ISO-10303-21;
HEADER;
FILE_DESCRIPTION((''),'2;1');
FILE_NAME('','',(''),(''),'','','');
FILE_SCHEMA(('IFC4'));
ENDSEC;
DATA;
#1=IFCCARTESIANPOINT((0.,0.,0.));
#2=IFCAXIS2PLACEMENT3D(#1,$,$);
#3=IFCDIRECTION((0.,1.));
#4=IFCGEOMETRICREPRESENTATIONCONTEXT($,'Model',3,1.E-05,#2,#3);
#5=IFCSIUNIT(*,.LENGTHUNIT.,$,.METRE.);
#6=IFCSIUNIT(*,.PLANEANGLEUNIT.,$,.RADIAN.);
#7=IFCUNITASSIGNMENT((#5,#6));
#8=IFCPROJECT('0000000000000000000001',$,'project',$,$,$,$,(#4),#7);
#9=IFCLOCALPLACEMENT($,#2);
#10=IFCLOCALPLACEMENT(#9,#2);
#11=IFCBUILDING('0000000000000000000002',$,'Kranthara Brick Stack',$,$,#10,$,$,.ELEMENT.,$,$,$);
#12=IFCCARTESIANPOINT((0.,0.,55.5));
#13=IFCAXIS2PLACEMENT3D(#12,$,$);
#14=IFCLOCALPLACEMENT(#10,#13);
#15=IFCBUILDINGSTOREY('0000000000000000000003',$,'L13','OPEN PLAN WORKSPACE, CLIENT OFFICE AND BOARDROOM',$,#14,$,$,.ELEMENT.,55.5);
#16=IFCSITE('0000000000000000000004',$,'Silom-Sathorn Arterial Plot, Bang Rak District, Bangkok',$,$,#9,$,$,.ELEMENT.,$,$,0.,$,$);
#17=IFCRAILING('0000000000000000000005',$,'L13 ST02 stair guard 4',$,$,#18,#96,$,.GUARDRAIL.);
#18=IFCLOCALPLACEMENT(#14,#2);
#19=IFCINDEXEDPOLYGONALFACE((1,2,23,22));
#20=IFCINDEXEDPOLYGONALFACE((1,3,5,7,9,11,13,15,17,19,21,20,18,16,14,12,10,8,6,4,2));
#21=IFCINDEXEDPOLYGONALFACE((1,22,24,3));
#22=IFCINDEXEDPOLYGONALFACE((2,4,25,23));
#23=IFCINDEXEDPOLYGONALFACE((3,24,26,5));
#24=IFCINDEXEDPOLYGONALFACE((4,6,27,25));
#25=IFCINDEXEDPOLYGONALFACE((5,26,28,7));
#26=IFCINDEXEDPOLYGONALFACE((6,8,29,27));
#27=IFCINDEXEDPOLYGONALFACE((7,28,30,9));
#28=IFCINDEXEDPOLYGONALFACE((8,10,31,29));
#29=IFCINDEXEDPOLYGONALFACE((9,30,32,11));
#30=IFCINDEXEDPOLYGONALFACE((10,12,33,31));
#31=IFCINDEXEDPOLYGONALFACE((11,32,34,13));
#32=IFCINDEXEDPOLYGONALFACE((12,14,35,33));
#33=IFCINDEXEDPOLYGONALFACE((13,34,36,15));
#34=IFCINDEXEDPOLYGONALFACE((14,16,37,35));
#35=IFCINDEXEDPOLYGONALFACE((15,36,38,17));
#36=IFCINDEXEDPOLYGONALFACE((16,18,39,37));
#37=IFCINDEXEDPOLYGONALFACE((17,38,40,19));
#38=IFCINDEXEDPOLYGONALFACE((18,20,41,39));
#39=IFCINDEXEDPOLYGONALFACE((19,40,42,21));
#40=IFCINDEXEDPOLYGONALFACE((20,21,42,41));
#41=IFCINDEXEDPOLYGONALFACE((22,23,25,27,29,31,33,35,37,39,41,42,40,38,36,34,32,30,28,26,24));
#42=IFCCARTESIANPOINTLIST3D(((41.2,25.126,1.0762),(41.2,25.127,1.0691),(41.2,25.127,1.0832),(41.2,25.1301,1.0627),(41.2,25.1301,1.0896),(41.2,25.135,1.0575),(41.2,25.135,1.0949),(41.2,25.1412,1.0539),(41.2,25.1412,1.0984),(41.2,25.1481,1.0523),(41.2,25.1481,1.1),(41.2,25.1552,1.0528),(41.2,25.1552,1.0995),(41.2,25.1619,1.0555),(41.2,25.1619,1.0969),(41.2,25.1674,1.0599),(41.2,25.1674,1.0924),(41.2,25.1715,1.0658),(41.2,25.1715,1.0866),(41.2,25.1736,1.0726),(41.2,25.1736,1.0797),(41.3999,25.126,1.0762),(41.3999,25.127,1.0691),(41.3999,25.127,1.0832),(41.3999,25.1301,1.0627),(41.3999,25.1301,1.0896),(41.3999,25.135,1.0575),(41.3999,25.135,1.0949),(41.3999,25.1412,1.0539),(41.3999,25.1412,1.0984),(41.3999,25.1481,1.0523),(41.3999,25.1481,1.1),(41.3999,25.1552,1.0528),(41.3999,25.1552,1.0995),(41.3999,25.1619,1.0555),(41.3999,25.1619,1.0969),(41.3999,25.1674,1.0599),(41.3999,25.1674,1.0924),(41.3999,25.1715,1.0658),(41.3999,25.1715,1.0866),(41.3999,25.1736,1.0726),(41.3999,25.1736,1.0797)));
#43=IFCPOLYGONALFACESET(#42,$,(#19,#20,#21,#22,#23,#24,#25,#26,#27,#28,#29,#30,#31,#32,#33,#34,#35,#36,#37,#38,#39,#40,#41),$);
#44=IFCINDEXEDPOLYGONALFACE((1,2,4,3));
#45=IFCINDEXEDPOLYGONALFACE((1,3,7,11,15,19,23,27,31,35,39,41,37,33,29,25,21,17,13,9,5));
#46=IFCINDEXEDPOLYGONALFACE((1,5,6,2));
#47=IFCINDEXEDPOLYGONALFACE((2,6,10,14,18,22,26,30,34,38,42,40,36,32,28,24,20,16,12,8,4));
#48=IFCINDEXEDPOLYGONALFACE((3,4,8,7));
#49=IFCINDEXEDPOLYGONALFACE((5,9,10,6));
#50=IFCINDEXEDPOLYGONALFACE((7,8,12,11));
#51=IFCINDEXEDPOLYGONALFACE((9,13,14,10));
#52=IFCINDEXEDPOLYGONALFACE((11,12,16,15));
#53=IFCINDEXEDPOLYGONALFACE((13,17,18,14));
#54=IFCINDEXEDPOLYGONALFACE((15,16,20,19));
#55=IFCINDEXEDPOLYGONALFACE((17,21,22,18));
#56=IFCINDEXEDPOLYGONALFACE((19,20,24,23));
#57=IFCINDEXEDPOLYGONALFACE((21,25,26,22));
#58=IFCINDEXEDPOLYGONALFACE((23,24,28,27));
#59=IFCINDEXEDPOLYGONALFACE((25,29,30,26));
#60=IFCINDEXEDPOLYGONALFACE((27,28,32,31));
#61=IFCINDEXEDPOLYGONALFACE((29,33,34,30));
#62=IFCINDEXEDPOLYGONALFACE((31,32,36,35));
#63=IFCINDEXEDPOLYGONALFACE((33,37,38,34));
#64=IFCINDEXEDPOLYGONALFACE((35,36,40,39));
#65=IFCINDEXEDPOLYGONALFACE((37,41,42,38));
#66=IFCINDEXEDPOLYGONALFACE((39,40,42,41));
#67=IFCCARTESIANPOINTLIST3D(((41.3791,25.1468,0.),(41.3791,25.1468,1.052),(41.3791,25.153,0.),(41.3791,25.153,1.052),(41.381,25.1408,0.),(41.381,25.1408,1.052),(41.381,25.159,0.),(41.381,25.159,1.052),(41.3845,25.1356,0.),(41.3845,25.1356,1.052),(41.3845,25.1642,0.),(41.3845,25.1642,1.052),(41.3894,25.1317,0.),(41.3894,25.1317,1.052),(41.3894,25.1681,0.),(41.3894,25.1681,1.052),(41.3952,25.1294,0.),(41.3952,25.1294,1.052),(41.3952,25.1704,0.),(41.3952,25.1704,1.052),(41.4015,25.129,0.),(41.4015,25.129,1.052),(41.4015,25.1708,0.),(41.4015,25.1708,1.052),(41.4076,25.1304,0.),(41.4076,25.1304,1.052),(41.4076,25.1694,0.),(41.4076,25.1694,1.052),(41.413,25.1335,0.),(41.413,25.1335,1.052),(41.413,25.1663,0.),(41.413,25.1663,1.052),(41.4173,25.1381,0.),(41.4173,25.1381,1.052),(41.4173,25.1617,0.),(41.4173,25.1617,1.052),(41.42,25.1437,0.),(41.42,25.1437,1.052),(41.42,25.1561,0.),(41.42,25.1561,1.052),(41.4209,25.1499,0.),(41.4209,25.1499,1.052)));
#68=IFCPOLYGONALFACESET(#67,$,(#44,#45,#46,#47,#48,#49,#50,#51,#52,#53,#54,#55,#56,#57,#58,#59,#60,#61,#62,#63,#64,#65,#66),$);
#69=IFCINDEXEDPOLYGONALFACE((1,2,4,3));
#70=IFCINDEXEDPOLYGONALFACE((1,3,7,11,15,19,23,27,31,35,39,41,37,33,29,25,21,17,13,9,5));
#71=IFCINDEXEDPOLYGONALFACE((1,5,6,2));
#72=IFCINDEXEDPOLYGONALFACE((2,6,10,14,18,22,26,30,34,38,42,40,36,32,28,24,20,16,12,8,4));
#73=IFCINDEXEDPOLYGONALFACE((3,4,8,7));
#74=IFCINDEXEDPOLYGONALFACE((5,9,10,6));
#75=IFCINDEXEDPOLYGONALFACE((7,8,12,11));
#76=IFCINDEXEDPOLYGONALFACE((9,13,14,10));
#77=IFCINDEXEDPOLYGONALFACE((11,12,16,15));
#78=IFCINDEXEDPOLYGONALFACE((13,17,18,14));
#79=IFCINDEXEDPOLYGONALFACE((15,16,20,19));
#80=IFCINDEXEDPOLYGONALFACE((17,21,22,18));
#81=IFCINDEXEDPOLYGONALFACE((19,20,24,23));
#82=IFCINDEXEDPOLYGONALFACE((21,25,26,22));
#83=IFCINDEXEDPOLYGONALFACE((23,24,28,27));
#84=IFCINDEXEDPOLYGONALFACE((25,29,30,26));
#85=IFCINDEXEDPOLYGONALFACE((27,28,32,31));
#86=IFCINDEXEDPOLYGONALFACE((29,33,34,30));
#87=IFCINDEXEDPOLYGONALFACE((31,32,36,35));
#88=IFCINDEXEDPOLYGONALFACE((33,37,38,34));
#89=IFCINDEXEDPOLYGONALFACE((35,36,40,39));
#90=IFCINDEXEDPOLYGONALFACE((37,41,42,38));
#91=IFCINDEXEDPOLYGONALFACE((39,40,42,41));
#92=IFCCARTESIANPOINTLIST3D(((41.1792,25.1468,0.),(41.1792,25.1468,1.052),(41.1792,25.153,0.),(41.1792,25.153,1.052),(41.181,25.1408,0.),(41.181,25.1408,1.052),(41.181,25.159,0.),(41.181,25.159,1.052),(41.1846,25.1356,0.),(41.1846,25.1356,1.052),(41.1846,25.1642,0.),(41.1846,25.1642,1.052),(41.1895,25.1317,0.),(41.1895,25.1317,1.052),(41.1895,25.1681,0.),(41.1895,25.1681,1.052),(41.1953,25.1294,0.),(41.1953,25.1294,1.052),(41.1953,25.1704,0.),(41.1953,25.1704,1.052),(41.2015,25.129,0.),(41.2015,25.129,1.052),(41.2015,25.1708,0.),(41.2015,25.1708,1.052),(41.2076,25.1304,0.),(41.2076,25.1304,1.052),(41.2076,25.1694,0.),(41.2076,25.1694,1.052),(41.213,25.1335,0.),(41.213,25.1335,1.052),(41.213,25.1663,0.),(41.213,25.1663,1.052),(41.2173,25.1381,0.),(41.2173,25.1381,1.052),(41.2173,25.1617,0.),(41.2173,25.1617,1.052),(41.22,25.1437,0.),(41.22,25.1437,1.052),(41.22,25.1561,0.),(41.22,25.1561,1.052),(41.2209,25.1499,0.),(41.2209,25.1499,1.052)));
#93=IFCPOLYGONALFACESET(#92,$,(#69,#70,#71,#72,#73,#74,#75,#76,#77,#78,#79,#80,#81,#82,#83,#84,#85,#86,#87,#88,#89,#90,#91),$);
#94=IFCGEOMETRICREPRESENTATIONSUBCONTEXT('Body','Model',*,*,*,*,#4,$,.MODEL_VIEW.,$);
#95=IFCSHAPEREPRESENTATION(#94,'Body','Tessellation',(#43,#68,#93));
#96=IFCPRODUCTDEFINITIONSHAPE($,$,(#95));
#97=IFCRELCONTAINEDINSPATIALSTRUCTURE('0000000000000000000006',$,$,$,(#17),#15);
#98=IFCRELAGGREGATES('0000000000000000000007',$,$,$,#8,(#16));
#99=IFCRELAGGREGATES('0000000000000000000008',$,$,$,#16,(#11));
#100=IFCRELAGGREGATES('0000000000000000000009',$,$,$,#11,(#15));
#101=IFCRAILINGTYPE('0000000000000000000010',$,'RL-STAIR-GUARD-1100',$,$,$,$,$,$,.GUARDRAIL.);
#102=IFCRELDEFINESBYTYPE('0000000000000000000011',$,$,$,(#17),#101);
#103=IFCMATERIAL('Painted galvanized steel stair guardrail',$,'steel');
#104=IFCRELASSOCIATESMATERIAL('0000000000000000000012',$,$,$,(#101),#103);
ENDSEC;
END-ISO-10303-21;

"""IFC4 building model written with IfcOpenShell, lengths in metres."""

from ifc_helpers import new_model, si_unit, direction, frame, origin, origin_2d, place, context, subcontext, project, spatial, circle, extrude, material, type_object, element, save


model = new_model("IFC4")

# Units and contexts
model_context = context("Model", 3, precision=1e-05, world=origin(), true_north=direction((0.0, 1.0)))
body_context = subcontext(model_context, "Body", "Model", "MODEL_VIEW")
ifc_project = project(units=[si_unit("LENGTHUNIT", "METRE"), si_unit("PLANEANGLEUNIT", "RADIAN")], contexts=[model_context])

# Site, building, storey
site_placement = place(None, origin())
site = spatial("IfcSite", under=ifc_project, at=site_placement, Name="Silom-Sathorn Arterial Plot, Bang Rak District, Bangkok", CompositionType="ELEMENT", RefElevation=0.0)
building_placement = place(site_placement, origin())
building = spatial("IfcBuilding", under=site, at=building_placement, Name="Kranthara Brick Stack", CompositionType="ELEMENT")
storey_placement = place(building_placement, frame((0.0, 0.0, 55.5)))
storey = spatial("IfcBuildingStorey", under=building, at=storey_placement, Name="L13", Description="OPEN PLAN WORKSPACE, CLIENT OFFICE AND BOARDROOM", CompositionType="ELEMENT", Elevation=55.5)

# Railing
ifc_material_1 = material(Name="Painted galvanized steel stair guardrail", Category="steel")
railing_type_1 = type_object("IfcRailingType", Name="RL-STAIR-GUARD-1100", PredefinedType="GUARDRAIL", material=ifc_material_1)
railing_1_placement = place(storey_placement, frame((41.3999, 25.1499, 0.0)))
element("IfcRailing", 1, at=railing_1_placement, inside=storey, type_object=railing_type_1, Name="L13 ST02 stair guard 4", PredefinedType="GUARDRAIL", context=body_context, shape_type="SweptSolid", body=[
    extrude(circle(Radius=0.0239, at=origin_2d()), frame((0.0, 0.0, 1.0762), z_axis=(-1.0, 0.0, 0.0), x_axis=(0.0, -1.0, 0.0)), (0.0, 0.0, 1.0), 0.2),
    extrude(circle(Radius=0.021, at=origin_2d()), origin(), (0.0, 0.0, 1.0), 1.052),
    extrude(circle(Radius=0.021, at=origin_2d()), frame((-0.2, 0.0, 0.0)), (0.0, 0.0, 1.0), 1.052),
])

save(model, "model.ifc")
